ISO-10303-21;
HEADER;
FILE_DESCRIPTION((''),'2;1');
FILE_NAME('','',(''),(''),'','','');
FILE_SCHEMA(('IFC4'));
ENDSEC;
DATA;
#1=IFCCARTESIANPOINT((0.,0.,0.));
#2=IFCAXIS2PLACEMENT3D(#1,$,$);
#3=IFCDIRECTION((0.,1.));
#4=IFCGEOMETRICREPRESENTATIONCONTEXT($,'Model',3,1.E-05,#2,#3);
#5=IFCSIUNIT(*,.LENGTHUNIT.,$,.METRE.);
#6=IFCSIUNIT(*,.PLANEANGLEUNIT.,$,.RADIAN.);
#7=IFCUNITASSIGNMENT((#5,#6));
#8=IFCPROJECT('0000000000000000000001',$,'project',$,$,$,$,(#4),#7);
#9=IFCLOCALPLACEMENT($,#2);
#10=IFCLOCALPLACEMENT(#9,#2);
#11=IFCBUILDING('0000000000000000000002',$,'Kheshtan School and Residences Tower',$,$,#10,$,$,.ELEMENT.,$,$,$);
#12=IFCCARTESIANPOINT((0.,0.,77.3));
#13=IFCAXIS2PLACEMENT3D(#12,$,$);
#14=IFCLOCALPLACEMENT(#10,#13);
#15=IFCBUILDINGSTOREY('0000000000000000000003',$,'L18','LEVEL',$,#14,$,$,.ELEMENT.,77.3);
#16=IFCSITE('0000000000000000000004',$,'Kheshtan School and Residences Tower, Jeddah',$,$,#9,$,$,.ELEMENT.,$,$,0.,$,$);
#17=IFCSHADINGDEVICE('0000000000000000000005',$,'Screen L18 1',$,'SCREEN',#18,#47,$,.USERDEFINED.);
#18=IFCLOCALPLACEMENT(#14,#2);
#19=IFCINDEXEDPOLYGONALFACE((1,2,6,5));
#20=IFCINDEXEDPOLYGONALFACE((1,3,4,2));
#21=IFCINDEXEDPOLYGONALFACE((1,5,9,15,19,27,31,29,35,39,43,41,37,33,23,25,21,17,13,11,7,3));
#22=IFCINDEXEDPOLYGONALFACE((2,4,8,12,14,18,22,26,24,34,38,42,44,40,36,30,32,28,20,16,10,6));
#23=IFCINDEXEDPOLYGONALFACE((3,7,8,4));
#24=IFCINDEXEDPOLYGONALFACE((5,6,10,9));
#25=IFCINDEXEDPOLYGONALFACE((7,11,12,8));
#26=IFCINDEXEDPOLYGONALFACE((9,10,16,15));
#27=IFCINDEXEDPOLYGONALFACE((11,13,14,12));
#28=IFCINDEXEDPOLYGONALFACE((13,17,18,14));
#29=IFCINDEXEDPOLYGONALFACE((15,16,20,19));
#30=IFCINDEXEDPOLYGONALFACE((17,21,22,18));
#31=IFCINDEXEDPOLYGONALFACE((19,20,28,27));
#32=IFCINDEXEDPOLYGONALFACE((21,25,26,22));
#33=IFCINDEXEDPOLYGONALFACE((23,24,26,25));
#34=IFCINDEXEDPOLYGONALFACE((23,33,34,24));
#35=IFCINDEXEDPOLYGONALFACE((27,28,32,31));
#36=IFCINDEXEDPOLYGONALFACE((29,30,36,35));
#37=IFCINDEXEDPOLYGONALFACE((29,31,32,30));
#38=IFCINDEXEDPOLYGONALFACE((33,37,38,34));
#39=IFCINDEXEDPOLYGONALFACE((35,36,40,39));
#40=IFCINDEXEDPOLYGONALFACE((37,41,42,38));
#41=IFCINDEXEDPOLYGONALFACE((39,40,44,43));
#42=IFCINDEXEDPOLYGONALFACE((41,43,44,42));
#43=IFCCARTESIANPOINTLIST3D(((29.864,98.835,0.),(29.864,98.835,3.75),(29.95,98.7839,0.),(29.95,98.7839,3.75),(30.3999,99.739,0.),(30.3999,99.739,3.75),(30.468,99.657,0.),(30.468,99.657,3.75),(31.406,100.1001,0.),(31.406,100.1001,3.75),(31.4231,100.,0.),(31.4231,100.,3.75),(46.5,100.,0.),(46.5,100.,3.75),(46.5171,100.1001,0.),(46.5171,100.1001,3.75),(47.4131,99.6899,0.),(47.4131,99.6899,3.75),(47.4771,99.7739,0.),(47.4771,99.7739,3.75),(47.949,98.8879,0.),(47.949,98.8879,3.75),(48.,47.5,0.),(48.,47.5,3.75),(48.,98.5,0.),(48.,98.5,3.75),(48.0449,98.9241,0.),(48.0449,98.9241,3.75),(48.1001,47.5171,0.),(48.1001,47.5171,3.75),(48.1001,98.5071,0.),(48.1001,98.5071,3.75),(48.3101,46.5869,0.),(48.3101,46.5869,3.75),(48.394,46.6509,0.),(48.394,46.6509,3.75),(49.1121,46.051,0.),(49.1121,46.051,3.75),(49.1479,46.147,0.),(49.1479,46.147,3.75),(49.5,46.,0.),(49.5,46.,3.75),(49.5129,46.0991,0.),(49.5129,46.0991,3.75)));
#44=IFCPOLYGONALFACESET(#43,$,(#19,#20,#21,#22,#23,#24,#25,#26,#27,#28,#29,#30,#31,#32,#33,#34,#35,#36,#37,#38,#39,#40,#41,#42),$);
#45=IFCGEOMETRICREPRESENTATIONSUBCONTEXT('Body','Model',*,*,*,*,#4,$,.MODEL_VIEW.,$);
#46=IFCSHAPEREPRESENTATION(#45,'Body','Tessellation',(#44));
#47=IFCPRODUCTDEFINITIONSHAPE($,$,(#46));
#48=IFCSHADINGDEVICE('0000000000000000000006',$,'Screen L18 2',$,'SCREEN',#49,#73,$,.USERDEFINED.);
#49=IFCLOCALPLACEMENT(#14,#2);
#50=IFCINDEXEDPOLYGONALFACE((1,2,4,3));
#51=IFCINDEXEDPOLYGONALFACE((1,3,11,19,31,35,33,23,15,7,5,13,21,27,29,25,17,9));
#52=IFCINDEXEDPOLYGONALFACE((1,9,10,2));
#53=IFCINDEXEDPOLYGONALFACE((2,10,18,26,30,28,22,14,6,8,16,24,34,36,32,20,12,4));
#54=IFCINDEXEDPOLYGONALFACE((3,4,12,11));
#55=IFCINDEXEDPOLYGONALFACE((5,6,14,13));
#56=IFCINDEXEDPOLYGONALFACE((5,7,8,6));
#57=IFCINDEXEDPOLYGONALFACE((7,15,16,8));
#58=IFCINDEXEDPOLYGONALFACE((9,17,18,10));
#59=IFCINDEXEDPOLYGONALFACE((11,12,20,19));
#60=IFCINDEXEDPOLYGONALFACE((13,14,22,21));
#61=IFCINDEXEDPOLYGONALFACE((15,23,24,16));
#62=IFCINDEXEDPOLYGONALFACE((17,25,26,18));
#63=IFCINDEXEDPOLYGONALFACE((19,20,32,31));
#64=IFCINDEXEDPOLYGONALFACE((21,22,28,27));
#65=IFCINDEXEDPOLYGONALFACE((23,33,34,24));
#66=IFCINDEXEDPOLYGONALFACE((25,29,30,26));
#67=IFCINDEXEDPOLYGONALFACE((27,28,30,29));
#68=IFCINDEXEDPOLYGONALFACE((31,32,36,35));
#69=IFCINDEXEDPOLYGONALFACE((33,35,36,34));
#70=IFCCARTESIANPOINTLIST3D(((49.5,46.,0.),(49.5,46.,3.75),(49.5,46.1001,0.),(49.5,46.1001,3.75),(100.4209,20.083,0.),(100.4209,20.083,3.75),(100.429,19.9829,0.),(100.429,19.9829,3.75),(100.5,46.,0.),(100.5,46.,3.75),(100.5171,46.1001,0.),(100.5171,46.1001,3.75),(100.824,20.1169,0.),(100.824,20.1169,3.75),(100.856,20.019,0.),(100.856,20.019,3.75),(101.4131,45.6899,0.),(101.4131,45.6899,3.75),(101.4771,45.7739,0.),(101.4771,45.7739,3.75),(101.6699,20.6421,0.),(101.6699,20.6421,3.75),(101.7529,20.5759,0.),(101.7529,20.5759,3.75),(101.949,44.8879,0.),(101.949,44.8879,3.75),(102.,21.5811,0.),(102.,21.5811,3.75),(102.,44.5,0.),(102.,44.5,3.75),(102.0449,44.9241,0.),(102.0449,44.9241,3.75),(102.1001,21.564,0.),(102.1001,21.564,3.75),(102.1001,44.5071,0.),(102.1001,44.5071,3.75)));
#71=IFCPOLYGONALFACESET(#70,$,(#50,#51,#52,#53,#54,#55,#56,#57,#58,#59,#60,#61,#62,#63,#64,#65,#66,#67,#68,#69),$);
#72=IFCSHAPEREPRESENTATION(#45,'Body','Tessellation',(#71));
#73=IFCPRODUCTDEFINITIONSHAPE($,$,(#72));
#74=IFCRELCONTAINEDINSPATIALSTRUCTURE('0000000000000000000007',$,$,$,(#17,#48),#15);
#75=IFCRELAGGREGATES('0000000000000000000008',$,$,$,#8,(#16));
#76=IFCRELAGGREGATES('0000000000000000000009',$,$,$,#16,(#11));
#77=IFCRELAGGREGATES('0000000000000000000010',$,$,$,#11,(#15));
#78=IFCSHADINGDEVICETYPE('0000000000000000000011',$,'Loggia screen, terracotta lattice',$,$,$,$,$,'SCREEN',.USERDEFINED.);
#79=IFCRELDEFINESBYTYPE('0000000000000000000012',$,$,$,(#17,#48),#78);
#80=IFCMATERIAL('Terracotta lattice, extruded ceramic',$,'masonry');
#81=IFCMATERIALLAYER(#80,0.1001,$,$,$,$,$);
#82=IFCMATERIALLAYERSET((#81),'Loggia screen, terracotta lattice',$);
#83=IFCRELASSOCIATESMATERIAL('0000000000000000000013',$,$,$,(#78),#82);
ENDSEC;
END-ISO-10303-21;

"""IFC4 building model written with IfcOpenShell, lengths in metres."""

from ifc_helpers import new_model, si_unit, direction, frame, origin, place, context, subcontext, project, spatial, polyline, outline, extrude, material, layer, layer_set, type_object, element, save


model = new_model("IFC4")

# Units and contexts
model_context = context("Model", 3, precision=1e-05, world=origin(), true_north=direction((0.0, 1.0)))
body_context = subcontext(model_context, "Body", "Model", "MODEL_VIEW")
ifc_project = project(units=[si_unit("LENGTHUNIT", "METRE"), si_unit("PLANEANGLEUNIT", "RADIAN")], contexts=[model_context])

# Site, building, storey
site_placement = place(None, origin())
site = spatial("IfcSite", under=ifc_project, at=site_placement, Name="Kheshtan School and Residences Tower, Jeddah", CompositionType="ELEMENT", RefElevation=0.0)
building_placement = place(site_placement, origin())
building = spatial("IfcBuilding", under=site, at=building_placement, Name="Kheshtan School and Residences Tower", CompositionType="ELEMENT")
storey_placement = place(building_placement, frame((0.0, 0.0, 77.3)))
storey = spatial("IfcBuildingStorey", under=building, at=storey_placement, Name="L18", Description="LEVEL", CompositionType="ELEMENT", Elevation=77.3)

# Shading devices
ifc_material_1 = material(Name="Terracotta lattice, extruded ceramic", Category="masonry")
ifc_layer_1 = layer(ifc_material_1, 0.1001)
ifc_layer_set_1 = layer_set([ifc_layer_1], Name="Loggia screen, terracotta lattice")
shading_device_type_1 = type_object("IfcShadingDeviceType", Name="Loggia screen, terracotta lattice", ElementType="SCREEN", PredefinedType="USERDEFINED", material=ifc_layer_set_1)
shading_device_1_placement = place(storey_placement, origin())
element("IfcShadingDevice", 1, at=shading_device_1_placement, inside=storey, type_object=shading_device_type_1, Name="Screen L18 1", ObjectType="SCREEN", PredefinedType="USERDEFINED", context=body_context, shape_type="SweptSolid", body=[
    extrude(outline(polyline([(29.95, 98.7839), (30.468, 99.657), (31.4231, 100.0), (46.5, 100.0), (47.4131, 99.6899), (47.949, 98.8879), (48.0, 98.5), (48.0, 47.5), (48.3101, 46.5869), (49.1121, 46.051), (49.5, 46.0), (49.5129, 46.0991), (49.1479, 46.147), (48.394, 46.6509), (48.1001, 47.5171), (48.1001, 98.5071), (48.0449, 98.9241), (47.4771, 99.7739), (46.5171, 100.1001), (31.406, 100.1001), (30.3999, 99.739), (29.864, 98.835), (29.95, 98.7839)])), origin(), (0.0, 0.0, 1.0), 3.75),
])
shading_device_2_placement = place(storey_placement, origin())
element("IfcShadingDevice", 2, at=shading_device_2_placement, inside=storey, type_object=shading_device_type_1, Name="Screen L18 2", ObjectType="SCREEN", PredefinedType="USERDEFINED", context=body_context, shape_type="SweptSolid", body=[
    extrude(outline(polyline([(49.5, 46.0), (100.5, 46.0), (101.4131, 45.6899), (101.949, 44.8879), (102.0, 44.5), (102.0, 21.5811), (101.6699, 20.6421), (100.824, 20.1169), (100.4209, 20.083), (100.429, 19.9829), (100.856, 20.019), (101.7529, 20.5759), (102.1001, 21.564), (102.1001, 44.5071), (102.0449, 44.9241), (101.4771, 45.7739), (100.5171, 46.1001), (49.5, 46.1001), (49.5, 46.0)])), origin(), (0.0, 0.0, 1.0), 3.75),
])

save(model, "model.ifc")
